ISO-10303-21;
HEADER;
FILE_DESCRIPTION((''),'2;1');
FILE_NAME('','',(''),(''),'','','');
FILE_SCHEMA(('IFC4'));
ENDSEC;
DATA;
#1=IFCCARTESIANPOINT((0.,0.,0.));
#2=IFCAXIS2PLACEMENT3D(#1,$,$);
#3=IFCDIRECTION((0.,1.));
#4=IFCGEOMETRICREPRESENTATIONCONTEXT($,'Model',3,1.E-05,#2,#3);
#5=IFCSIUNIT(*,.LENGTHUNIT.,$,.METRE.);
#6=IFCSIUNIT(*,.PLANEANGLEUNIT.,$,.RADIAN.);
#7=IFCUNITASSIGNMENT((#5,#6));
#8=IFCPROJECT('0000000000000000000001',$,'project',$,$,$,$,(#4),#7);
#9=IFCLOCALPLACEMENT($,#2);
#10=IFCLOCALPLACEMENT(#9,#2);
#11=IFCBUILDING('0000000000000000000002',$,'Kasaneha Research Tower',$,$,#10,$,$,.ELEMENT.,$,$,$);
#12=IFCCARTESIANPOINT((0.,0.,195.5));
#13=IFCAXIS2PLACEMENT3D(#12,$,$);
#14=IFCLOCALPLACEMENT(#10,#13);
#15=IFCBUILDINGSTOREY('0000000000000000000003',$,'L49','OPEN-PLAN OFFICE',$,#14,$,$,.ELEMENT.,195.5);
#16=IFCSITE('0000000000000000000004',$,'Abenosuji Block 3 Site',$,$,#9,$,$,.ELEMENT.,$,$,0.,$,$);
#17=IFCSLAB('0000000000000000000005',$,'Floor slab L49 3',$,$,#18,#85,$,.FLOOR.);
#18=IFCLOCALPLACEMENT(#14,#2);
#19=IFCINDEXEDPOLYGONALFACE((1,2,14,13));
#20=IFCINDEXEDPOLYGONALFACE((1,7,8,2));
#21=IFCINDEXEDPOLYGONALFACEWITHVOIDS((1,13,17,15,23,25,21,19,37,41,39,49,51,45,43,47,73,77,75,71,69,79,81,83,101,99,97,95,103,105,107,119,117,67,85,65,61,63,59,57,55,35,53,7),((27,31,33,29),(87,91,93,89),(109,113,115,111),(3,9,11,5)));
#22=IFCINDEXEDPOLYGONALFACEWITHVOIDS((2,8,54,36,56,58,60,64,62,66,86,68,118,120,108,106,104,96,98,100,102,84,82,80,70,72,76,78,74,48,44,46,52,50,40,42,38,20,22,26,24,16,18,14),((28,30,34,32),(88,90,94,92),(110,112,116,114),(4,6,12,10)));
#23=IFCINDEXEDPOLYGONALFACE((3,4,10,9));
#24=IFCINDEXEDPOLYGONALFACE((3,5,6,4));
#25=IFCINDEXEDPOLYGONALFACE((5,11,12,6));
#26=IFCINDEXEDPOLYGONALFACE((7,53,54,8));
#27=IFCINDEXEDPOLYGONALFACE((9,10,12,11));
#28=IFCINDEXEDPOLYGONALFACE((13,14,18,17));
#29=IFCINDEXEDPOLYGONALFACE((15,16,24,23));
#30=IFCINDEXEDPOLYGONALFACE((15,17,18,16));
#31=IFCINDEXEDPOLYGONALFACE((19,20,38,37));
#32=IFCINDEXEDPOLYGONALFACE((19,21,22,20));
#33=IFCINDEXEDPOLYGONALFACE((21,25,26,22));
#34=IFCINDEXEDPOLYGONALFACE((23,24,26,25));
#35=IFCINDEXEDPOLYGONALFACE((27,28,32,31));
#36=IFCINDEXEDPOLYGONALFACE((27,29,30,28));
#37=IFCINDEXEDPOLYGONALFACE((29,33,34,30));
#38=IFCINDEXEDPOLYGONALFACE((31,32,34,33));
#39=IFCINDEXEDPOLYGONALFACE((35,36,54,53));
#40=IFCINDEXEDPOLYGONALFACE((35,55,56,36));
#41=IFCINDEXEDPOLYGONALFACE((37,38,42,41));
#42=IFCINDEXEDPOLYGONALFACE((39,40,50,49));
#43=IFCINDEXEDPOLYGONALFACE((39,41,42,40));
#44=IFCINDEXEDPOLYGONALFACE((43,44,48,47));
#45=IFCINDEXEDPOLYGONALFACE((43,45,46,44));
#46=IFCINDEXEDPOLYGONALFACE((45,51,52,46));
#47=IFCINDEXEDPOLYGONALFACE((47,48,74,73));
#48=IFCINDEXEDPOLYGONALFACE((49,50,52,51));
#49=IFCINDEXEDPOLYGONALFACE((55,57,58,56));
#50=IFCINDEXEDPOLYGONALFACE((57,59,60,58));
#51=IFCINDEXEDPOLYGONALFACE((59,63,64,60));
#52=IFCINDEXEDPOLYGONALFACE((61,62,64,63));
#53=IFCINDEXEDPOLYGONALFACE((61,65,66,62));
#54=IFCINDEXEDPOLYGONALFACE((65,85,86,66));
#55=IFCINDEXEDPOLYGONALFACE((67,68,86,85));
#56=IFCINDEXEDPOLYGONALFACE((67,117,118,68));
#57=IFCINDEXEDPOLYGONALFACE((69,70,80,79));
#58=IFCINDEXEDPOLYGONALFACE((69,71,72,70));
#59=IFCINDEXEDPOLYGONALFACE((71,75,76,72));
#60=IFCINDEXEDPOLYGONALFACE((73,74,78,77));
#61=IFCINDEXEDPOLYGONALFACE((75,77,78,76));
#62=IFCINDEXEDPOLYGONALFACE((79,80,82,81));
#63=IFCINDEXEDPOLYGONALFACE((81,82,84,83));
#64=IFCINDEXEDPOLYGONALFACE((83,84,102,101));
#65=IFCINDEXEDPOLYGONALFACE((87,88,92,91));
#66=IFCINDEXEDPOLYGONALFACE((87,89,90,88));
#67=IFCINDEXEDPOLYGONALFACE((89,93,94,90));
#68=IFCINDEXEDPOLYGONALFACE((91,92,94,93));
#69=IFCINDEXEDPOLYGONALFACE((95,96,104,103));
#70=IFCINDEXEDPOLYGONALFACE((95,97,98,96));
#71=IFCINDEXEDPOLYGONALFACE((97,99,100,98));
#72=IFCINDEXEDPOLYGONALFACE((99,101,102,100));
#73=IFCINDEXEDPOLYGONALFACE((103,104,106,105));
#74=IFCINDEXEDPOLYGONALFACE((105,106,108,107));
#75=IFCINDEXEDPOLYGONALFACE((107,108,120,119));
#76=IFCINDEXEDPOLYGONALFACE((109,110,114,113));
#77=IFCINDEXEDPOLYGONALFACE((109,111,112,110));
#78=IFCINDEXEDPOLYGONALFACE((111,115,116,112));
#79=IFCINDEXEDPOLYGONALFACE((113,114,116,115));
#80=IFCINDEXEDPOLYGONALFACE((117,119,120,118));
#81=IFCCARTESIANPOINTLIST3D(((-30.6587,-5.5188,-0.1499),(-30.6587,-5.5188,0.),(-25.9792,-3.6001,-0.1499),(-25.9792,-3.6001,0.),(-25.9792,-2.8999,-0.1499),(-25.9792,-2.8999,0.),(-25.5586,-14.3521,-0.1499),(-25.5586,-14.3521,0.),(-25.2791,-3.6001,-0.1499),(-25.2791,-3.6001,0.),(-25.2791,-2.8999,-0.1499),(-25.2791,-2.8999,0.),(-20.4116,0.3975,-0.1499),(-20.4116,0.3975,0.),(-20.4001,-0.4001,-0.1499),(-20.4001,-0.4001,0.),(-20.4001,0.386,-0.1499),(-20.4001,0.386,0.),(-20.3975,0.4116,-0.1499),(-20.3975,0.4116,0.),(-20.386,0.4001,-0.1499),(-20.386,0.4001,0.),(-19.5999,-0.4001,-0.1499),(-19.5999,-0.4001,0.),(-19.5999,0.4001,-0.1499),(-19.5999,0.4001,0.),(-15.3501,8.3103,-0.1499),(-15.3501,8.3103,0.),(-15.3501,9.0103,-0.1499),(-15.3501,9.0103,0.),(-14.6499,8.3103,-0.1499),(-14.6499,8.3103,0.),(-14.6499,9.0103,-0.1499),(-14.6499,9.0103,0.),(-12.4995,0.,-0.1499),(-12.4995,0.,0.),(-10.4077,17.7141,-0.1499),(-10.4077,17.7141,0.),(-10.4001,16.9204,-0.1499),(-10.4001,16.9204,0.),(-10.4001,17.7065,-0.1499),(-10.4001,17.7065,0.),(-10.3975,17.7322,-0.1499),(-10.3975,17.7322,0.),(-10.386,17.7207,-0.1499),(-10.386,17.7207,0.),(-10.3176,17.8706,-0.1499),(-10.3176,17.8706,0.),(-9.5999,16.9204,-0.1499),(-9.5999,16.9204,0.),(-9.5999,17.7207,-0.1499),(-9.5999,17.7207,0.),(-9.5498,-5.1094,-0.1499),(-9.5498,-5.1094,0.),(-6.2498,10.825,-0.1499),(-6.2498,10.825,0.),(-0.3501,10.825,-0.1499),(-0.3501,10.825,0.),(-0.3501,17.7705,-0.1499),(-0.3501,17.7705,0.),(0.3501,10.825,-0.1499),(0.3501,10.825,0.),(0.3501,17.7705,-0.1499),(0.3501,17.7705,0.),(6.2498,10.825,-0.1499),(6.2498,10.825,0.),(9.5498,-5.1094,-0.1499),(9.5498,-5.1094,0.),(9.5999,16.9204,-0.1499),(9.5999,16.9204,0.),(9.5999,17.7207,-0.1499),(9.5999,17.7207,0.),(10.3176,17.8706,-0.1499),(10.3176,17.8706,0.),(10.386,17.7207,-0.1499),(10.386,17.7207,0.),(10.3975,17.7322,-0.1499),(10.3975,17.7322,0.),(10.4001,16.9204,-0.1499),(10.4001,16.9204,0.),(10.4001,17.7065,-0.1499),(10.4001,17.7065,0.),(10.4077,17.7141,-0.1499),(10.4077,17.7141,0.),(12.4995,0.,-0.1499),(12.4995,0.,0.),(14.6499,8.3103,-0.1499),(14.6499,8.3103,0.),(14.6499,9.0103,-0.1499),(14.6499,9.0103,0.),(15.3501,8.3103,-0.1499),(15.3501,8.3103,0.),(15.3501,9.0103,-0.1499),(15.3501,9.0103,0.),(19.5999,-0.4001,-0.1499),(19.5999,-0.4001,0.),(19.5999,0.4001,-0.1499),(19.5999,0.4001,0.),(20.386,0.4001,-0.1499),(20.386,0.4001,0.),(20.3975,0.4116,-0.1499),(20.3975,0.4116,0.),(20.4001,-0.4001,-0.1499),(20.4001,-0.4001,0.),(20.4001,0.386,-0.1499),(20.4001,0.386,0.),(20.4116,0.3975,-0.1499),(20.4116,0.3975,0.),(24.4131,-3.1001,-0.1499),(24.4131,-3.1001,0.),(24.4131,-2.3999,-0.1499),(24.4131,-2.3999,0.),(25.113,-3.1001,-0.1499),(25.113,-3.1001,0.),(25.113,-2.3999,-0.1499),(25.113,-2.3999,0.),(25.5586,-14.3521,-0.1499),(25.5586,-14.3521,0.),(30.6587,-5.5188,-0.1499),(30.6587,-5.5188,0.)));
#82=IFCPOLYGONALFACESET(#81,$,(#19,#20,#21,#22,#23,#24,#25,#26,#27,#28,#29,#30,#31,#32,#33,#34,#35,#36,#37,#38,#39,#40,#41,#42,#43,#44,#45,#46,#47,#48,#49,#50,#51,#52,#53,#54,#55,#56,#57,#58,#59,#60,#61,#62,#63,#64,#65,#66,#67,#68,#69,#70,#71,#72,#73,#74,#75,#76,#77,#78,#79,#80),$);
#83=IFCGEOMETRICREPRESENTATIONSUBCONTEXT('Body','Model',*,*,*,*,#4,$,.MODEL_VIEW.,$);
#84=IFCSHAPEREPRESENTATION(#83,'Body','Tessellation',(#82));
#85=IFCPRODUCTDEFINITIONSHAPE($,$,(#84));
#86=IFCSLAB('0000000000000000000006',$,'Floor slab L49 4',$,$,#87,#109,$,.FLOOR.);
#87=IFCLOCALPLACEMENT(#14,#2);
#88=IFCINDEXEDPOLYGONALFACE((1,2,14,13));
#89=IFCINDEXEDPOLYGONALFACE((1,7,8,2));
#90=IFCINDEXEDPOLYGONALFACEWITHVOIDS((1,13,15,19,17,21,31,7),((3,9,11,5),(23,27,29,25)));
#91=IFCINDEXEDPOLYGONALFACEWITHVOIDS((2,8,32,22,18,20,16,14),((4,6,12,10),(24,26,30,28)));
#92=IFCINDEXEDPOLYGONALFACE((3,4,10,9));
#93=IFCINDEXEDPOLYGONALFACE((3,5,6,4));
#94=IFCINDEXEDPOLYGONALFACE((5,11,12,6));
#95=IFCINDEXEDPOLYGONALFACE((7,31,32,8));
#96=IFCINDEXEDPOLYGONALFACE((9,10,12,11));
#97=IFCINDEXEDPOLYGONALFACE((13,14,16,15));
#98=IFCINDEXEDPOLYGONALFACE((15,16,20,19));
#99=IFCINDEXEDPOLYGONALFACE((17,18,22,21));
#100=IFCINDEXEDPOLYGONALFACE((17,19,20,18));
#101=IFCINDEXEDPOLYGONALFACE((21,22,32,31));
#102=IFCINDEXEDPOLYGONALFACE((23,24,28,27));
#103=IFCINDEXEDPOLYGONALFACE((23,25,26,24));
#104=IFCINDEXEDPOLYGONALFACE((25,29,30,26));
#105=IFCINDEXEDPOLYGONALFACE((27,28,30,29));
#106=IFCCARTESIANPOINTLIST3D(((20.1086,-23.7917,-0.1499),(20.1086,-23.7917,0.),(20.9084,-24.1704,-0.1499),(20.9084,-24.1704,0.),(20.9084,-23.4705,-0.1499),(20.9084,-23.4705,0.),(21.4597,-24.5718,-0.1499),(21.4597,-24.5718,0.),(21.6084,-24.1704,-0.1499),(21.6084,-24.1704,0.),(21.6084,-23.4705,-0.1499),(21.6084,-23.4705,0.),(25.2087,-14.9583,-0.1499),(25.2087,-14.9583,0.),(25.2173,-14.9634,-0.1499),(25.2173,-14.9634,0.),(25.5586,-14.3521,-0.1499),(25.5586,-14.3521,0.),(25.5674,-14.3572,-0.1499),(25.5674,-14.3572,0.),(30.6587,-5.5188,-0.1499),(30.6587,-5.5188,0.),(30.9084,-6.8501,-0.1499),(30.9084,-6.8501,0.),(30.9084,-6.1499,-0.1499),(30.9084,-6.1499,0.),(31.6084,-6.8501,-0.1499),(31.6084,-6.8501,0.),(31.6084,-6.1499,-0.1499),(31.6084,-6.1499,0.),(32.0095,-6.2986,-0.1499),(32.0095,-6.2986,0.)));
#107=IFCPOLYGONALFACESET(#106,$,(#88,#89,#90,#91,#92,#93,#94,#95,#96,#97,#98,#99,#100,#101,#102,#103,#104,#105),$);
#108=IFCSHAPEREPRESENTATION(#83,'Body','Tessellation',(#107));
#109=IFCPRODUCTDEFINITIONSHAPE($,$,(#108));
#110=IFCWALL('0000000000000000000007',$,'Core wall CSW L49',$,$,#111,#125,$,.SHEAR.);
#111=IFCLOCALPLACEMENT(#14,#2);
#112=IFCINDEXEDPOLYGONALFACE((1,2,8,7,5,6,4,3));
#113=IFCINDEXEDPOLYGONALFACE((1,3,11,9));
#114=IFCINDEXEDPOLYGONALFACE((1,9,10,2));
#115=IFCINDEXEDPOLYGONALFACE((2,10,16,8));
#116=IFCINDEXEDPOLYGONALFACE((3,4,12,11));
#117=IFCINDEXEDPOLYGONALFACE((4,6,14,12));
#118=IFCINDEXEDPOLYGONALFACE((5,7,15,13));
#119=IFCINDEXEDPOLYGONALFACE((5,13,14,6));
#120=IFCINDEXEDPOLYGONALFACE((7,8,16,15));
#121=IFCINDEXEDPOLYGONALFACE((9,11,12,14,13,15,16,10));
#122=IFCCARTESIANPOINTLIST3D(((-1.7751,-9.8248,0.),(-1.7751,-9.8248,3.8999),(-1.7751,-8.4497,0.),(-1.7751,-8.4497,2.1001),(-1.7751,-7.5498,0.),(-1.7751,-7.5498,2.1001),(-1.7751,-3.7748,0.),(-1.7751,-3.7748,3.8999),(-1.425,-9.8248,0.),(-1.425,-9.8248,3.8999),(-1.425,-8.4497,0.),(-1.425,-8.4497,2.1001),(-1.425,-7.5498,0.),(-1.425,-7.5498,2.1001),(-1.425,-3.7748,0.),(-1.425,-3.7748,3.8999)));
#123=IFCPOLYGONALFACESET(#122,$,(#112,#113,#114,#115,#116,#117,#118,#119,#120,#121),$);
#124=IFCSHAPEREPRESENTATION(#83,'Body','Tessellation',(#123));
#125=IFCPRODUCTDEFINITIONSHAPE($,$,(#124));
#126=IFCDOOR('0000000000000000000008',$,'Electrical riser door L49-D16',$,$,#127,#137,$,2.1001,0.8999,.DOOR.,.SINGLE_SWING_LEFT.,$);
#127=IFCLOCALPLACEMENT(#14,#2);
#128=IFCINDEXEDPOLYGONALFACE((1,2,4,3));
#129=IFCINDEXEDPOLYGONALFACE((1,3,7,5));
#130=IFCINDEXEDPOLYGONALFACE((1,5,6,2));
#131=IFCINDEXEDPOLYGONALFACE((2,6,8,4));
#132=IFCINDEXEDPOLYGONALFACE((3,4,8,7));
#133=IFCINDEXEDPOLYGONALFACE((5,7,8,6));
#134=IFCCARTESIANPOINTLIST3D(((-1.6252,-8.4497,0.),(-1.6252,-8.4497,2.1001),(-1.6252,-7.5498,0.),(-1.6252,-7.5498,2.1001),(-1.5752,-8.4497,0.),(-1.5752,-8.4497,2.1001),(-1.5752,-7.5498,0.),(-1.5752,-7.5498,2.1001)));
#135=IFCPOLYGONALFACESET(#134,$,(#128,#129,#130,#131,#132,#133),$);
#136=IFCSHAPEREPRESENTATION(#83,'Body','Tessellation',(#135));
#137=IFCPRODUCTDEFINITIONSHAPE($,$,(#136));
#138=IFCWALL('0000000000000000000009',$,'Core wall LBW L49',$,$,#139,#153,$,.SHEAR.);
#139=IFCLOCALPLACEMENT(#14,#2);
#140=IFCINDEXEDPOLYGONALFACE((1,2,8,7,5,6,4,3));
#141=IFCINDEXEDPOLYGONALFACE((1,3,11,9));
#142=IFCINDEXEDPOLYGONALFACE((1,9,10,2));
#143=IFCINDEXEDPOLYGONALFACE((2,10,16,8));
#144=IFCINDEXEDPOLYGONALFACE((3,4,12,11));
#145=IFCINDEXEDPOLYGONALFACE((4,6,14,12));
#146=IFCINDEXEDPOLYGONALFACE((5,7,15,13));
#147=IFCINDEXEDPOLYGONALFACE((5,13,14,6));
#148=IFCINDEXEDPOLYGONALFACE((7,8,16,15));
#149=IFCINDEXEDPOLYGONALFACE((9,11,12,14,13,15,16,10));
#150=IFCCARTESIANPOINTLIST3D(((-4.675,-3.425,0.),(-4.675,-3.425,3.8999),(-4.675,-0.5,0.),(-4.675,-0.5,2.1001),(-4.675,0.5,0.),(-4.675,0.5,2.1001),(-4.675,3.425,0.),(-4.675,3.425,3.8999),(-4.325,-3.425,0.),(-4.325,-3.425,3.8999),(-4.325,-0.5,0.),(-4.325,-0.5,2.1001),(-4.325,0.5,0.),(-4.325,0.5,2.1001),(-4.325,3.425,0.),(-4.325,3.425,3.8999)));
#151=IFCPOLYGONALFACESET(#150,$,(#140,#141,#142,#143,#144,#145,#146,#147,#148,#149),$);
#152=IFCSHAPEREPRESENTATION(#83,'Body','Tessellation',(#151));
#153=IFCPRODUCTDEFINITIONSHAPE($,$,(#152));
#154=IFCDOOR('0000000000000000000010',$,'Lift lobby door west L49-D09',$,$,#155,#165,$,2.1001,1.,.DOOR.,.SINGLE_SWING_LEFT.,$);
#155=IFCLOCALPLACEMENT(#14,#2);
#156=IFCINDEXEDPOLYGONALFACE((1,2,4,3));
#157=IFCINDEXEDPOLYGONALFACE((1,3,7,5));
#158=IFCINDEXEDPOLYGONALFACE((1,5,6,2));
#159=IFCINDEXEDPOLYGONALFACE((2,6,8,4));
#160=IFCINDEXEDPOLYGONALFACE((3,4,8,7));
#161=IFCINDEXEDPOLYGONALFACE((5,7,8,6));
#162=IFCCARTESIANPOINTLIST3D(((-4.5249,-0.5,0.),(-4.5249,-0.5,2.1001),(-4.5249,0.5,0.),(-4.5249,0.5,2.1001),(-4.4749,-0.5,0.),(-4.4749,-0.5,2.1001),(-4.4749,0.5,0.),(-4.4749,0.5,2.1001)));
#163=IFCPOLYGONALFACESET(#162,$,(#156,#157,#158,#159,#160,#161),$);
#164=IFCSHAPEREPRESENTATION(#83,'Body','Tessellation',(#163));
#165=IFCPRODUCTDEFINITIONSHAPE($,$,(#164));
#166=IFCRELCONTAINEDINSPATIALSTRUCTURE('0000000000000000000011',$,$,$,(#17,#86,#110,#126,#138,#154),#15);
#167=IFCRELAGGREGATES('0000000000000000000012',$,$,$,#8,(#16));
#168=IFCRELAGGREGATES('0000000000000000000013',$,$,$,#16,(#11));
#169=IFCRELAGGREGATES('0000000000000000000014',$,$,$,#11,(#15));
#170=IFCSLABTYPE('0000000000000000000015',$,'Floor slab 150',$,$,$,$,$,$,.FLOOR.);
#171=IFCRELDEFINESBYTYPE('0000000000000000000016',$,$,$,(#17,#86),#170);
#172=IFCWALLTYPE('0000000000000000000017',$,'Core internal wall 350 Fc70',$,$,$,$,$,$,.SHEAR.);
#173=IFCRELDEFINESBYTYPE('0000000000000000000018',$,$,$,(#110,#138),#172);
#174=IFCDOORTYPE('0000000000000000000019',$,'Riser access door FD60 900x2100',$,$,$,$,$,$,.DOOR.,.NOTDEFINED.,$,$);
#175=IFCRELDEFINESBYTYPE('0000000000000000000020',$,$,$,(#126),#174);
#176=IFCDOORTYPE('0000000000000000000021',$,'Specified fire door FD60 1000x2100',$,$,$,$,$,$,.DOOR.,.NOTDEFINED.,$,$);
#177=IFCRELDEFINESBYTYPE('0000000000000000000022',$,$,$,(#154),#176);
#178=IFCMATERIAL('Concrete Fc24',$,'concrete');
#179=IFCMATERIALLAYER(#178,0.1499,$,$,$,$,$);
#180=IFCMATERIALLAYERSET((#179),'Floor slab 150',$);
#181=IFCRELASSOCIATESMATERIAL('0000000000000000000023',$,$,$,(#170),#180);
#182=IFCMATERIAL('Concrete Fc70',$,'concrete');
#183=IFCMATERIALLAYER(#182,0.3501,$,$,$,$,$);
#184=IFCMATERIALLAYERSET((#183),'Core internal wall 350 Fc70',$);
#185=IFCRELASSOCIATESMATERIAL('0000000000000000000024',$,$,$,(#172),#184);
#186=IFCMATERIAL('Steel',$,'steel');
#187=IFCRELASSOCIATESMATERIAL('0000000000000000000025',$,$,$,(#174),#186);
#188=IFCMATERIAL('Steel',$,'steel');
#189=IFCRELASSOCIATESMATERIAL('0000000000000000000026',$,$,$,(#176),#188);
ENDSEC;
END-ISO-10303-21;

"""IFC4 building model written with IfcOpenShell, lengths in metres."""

from ifc_helpers import new_model, si_unit, direction, frame, frame_2d, origin, place, context, subcontext, project, spatial, polyline, rectangle, outline, extrude, material, layer, layer_set, type_object, element, fill, save


model = new_model("IFC4")

# Units and contexts
model_context = context("Model", 3, precision=1e-05, world=origin(), true_north=direction((0.0, 1.0)))
body_context = subcontext(model_context, "Body", "Model", "MODEL_VIEW")
ifc_project = project(units=[si_unit("LENGTHUNIT", "METRE"), si_unit("PLANEANGLEUNIT", "RADIAN")], contexts=[model_context])

# Site, building, storey
site_placement = place(None, origin())
site = spatial("IfcSite", under=ifc_project, at=site_placement, Name="Abenosuji Block 3 Site", CompositionType="ELEMENT", RefElevation=0.0)
building_placement = place(site_placement, origin())
building = spatial("IfcBuilding", under=site, at=building_placement, Name="Kasaneha Research Tower", CompositionType="ELEMENT")
storey_placement = place(building_placement, frame((0.0, 0.0, 195.5)))
storey = spatial("IfcBuildingStorey", under=building, at=storey_placement, Name="L49", Description="OPEN-PLAN OFFICE", CompositionType="ELEMENT", Elevation=195.5)

# Slabs
ifc_material_1 = material(Name="Concrete Fc24", Category="concrete")
ifc_layer_1 = layer(ifc_material_1, 0.1499)
ifc_layer_set_1 = layer_set([ifc_layer_1], Name="Floor slab 150")
slab_type_1 = type_object("IfcSlabType", Name="Floor slab 150", PredefinedType="FLOOR", material=ifc_layer_set_1)
slab_1_placement = place(storey_placement, frame((0.0, 0.0, -0.1499)))
element("IfcSlab", 1, at=slab_1_placement, inside=storey, type_object=slab_type_1, Name="Floor slab L49 3", PredefinedType="FLOOR", context=body_context, shape_type="SweptSolid", body=[
    extrude(outline(polyline([(-20.4001, -0.4001), (-19.5999, -0.4001), (-19.5999, 0.4001), (-20.386, 0.4001), (-20.3975, 0.4116), (-10.4077, 17.7141), (-10.4001, 17.7065), (-10.4001, 16.9204), (-9.5999, 16.9204), (-9.5999, 17.7207), (-10.386, 17.7207), (-10.3975, 17.7322), (-10.3176, 17.8706), (10.3176, 17.8706), (10.3975, 17.7322), (10.386, 17.7207), (9.5999, 17.7207), (9.5999, 16.9204), (10.4001, 16.9204), (10.4001, 17.7065), (10.4077, 17.7141), (20.3975, 0.4116), (20.386, 0.4001), (19.5999, 0.4001), (19.5999, -0.4001), (20.4001, -0.4001), (20.4001, 0.386), (20.4116, 0.3975), (30.6587, -5.5188), (25.5586, -14.3521), (9.5498, -5.1094), (12.4995, 0.0), (6.2498, 10.825), (0.3501, 10.825), (0.3501, 17.7705), (-0.3501, 17.7705), (-0.3501, 10.825), (-6.2498, 10.825), (-12.4995, 0.0), (-9.5498, -5.1094), (-25.5586, -14.3521), (-30.6587, -5.5188), (-20.4116, 0.3975), (-20.4001, 0.386), (-20.4001, -0.4001)]), holes=[polyline([(-25.2791, -3.6001), (-25.2791, -2.8999), (-25.9792, -2.8999), (-25.9792, -3.6001), (-25.2791, -3.6001)]), polyline([(-15.3501, 8.3103), (-14.6499, 8.3103), (-14.6499, 9.0103), (-15.3501, 9.0103), (-15.3501, 8.3103)]), polyline([(24.4131, -3.1001), (25.113, -3.1001), (25.113, -2.3999), (24.4131, -2.3999), (24.4131, -3.1001)]), polyline([(14.6499, 8.3103), (15.3501, 8.3103), (15.3501, 9.0103), (14.6499, 9.0103), (14.6499, 8.3103)])]), origin(), (0.0, 0.0, 1.0), 0.1499),
])
slab_2_placement = place(storey_placement, frame((0.0, 0.0, -0.1499)))
element("IfcSlab", 2, at=slab_2_placement, inside=storey, type_object=slab_type_1, Name="Floor slab L49 4", PredefinedType="FLOOR", context=body_context, shape_type="SweptSolid", body=[
    extrude(outline(polyline([(32.0095, -6.2986), (21.4597, -24.5718), (20.1086, -23.7917), (25.2087, -14.9583), (25.2173, -14.9634), (25.5674, -14.3572), (25.5586, -14.3521), (30.6587, -5.5188), (32.0095, -6.2986)]), holes=[polyline([(21.6084, -24.1704), (21.6084, -23.4705), (20.9084, -23.4705), (20.9084, -24.1704), (21.6084, -24.1704)]), polyline([(31.6084, -6.8501), (31.6084, -6.1499), (30.9084, -6.1499), (30.9084, -6.8501), (31.6084, -6.8501)])]), origin(), (0.0, 0.0, 1.0), 0.1499),
])

# Shared definitions
ifc_material_2 = material(Name="Concrete Fc70", Category="concrete")
ifc_layer_2 = layer(ifc_material_2, 0.3501)
ifc_layer_set_2 = layer_set([ifc_layer_2], Name="Core internal wall 350 Fc70")
wall_type = type_object("IfcWallType", Name="Core internal wall 350 Fc70", PredefinedType="SHEAR", material=ifc_layer_set_2)

# Walls, openings, doors
wall_1_placement = place(storey_placement, frame((-1.6001, -3.7749, 0.0), z_axis=(0.0, 0.0, 1.0), x_axis=(0.0, -1.0, 0.0)))
wall_1 = element("IfcWall", 3, at=wall_1_placement, inside=storey, type_object=wall_type, Name="Core wall CSW L49", PredefinedType="SHEAR", context=body_context, shape_type="SweptSolid", body=[
    extrude(rectangle(XDim=6.05, YDim=0.3501, at=frame_2d((3.0249, 0.0))), origin(), (0.0, 0.0, 1.0), 3.8999),
])
opening_1_placement = place(wall_1_placement, frame((3.7749, 0.0, 0.0)))
opening_1 = element("IfcOpeningElement", 4, at=opening_1_placement, cuts=wall_1, PredefinedType="OPENING", context=body_context, shape_type="SweptSolid", body=[
    extrude(rectangle(XDim=0.8999, YDim=2.1001, at=frame_2d((0.45, 1.05))), frame((0.0, 0.1851, 0.0), z_axis=(0.0, -1.0, 0.0), x_axis=(1.0, 0.0, 0.0)), (0.0, 0.0, 1.0), 0.3701),
])
ifc_material_3 = material(Name="Steel", Category="steel")
door_type_1 = type_object("IfcDoorType", Name="Riser access door FD60 900x2100", OperationType="NOTDEFINED", PredefinedType="DOOR", material=ifc_material_3)
door_1_placement = place(opening_1_placement, origin())
door_1 = element("IfcDoor", 5, at=door_1_placement, inside=storey, type_object=door_type_1, Name="Electrical riser door L49-D16", OperationType="SINGLE_SWING_LEFT", OverallHeight=2.1001, OverallWidth=0.8999, PredefinedType="DOOR", context=body_context, shape_type="SweptSolid", body=[
    extrude(rectangle(XDim=0.8999, YDim=2.1001, at=frame_2d((0.45, 1.05))), frame((0.0, 0.0249, 0.0), z_axis=(0.0, -1.0, 0.0), x_axis=(1.0, 0.0, 0.0)), (0.0, 0.0, 1.0), 0.05),
])
fill(opening_1, door_1)
wall_2_placement = place(storey_placement, frame((-4.5, -3.425, 0.0), z_axis=(0.0, 0.0, 1.0), x_axis=(0.0, 1.0, 0.0)))
wall_2 = element("IfcWall", 6, at=wall_2_placement, inside=storey, type_object=wall_type, Name="Core wall LBW L49", PredefinedType="SHEAR", context=body_context, shape_type="SweptSolid", body=[
    extrude(rectangle(XDim=6.8501, YDim=0.3501, at=frame_2d((3.425, 0.0))), origin(), (0.0, 0.0, 1.0), 3.8999),
])
opening_2_placement = place(wall_2_placement, frame((2.925, 0.0, 0.0)))
opening_2 = element("IfcOpeningElement", 7, at=opening_2_placement, cuts=wall_2, PredefinedType="OPENING", context=body_context, shape_type="SweptSolid", body=[
    extrude(rectangle(XDim=1.0, YDim=2.1001, at=frame_2d((0.5, 1.05))), frame((0.0, 0.1851, 0.0), z_axis=(0.0, -1.0, 0.0), x_axis=(1.0, 0.0, 0.0)), (0.0, 0.0, 1.0), 0.3701),
])
ifc_material_4 = material(Name="Steel", Category="steel")
door_type_2 = type_object("IfcDoorType", Name="Specified fire door FD60 1000x2100", OperationType="NOTDEFINED", PredefinedType="DOOR", material=ifc_material_4)
door_2_placement = place(opening_2_placement, origin())
door_2 = element("IfcDoor", 8, at=door_2_placement, inside=storey, type_object=door_type_2, Name="Lift lobby door west L49-D09", OperationType="SINGLE_SWING_LEFT", OverallHeight=2.1001, OverallWidth=1.0, PredefinedType="DOOR", context=body_context, shape_type="SweptSolid", body=[
    extrude(rectangle(XDim=1.0, YDim=2.1001, at=frame_2d((0.5, 1.05))), frame((0.0, 0.0249, 0.0), z_axis=(0.0, -1.0, 0.0), x_axis=(1.0, 0.0, 0.0)), (0.0, 0.0, 1.0), 0.05),
])
fill(opening_2, door_2)

save(model, "model.ifc")
